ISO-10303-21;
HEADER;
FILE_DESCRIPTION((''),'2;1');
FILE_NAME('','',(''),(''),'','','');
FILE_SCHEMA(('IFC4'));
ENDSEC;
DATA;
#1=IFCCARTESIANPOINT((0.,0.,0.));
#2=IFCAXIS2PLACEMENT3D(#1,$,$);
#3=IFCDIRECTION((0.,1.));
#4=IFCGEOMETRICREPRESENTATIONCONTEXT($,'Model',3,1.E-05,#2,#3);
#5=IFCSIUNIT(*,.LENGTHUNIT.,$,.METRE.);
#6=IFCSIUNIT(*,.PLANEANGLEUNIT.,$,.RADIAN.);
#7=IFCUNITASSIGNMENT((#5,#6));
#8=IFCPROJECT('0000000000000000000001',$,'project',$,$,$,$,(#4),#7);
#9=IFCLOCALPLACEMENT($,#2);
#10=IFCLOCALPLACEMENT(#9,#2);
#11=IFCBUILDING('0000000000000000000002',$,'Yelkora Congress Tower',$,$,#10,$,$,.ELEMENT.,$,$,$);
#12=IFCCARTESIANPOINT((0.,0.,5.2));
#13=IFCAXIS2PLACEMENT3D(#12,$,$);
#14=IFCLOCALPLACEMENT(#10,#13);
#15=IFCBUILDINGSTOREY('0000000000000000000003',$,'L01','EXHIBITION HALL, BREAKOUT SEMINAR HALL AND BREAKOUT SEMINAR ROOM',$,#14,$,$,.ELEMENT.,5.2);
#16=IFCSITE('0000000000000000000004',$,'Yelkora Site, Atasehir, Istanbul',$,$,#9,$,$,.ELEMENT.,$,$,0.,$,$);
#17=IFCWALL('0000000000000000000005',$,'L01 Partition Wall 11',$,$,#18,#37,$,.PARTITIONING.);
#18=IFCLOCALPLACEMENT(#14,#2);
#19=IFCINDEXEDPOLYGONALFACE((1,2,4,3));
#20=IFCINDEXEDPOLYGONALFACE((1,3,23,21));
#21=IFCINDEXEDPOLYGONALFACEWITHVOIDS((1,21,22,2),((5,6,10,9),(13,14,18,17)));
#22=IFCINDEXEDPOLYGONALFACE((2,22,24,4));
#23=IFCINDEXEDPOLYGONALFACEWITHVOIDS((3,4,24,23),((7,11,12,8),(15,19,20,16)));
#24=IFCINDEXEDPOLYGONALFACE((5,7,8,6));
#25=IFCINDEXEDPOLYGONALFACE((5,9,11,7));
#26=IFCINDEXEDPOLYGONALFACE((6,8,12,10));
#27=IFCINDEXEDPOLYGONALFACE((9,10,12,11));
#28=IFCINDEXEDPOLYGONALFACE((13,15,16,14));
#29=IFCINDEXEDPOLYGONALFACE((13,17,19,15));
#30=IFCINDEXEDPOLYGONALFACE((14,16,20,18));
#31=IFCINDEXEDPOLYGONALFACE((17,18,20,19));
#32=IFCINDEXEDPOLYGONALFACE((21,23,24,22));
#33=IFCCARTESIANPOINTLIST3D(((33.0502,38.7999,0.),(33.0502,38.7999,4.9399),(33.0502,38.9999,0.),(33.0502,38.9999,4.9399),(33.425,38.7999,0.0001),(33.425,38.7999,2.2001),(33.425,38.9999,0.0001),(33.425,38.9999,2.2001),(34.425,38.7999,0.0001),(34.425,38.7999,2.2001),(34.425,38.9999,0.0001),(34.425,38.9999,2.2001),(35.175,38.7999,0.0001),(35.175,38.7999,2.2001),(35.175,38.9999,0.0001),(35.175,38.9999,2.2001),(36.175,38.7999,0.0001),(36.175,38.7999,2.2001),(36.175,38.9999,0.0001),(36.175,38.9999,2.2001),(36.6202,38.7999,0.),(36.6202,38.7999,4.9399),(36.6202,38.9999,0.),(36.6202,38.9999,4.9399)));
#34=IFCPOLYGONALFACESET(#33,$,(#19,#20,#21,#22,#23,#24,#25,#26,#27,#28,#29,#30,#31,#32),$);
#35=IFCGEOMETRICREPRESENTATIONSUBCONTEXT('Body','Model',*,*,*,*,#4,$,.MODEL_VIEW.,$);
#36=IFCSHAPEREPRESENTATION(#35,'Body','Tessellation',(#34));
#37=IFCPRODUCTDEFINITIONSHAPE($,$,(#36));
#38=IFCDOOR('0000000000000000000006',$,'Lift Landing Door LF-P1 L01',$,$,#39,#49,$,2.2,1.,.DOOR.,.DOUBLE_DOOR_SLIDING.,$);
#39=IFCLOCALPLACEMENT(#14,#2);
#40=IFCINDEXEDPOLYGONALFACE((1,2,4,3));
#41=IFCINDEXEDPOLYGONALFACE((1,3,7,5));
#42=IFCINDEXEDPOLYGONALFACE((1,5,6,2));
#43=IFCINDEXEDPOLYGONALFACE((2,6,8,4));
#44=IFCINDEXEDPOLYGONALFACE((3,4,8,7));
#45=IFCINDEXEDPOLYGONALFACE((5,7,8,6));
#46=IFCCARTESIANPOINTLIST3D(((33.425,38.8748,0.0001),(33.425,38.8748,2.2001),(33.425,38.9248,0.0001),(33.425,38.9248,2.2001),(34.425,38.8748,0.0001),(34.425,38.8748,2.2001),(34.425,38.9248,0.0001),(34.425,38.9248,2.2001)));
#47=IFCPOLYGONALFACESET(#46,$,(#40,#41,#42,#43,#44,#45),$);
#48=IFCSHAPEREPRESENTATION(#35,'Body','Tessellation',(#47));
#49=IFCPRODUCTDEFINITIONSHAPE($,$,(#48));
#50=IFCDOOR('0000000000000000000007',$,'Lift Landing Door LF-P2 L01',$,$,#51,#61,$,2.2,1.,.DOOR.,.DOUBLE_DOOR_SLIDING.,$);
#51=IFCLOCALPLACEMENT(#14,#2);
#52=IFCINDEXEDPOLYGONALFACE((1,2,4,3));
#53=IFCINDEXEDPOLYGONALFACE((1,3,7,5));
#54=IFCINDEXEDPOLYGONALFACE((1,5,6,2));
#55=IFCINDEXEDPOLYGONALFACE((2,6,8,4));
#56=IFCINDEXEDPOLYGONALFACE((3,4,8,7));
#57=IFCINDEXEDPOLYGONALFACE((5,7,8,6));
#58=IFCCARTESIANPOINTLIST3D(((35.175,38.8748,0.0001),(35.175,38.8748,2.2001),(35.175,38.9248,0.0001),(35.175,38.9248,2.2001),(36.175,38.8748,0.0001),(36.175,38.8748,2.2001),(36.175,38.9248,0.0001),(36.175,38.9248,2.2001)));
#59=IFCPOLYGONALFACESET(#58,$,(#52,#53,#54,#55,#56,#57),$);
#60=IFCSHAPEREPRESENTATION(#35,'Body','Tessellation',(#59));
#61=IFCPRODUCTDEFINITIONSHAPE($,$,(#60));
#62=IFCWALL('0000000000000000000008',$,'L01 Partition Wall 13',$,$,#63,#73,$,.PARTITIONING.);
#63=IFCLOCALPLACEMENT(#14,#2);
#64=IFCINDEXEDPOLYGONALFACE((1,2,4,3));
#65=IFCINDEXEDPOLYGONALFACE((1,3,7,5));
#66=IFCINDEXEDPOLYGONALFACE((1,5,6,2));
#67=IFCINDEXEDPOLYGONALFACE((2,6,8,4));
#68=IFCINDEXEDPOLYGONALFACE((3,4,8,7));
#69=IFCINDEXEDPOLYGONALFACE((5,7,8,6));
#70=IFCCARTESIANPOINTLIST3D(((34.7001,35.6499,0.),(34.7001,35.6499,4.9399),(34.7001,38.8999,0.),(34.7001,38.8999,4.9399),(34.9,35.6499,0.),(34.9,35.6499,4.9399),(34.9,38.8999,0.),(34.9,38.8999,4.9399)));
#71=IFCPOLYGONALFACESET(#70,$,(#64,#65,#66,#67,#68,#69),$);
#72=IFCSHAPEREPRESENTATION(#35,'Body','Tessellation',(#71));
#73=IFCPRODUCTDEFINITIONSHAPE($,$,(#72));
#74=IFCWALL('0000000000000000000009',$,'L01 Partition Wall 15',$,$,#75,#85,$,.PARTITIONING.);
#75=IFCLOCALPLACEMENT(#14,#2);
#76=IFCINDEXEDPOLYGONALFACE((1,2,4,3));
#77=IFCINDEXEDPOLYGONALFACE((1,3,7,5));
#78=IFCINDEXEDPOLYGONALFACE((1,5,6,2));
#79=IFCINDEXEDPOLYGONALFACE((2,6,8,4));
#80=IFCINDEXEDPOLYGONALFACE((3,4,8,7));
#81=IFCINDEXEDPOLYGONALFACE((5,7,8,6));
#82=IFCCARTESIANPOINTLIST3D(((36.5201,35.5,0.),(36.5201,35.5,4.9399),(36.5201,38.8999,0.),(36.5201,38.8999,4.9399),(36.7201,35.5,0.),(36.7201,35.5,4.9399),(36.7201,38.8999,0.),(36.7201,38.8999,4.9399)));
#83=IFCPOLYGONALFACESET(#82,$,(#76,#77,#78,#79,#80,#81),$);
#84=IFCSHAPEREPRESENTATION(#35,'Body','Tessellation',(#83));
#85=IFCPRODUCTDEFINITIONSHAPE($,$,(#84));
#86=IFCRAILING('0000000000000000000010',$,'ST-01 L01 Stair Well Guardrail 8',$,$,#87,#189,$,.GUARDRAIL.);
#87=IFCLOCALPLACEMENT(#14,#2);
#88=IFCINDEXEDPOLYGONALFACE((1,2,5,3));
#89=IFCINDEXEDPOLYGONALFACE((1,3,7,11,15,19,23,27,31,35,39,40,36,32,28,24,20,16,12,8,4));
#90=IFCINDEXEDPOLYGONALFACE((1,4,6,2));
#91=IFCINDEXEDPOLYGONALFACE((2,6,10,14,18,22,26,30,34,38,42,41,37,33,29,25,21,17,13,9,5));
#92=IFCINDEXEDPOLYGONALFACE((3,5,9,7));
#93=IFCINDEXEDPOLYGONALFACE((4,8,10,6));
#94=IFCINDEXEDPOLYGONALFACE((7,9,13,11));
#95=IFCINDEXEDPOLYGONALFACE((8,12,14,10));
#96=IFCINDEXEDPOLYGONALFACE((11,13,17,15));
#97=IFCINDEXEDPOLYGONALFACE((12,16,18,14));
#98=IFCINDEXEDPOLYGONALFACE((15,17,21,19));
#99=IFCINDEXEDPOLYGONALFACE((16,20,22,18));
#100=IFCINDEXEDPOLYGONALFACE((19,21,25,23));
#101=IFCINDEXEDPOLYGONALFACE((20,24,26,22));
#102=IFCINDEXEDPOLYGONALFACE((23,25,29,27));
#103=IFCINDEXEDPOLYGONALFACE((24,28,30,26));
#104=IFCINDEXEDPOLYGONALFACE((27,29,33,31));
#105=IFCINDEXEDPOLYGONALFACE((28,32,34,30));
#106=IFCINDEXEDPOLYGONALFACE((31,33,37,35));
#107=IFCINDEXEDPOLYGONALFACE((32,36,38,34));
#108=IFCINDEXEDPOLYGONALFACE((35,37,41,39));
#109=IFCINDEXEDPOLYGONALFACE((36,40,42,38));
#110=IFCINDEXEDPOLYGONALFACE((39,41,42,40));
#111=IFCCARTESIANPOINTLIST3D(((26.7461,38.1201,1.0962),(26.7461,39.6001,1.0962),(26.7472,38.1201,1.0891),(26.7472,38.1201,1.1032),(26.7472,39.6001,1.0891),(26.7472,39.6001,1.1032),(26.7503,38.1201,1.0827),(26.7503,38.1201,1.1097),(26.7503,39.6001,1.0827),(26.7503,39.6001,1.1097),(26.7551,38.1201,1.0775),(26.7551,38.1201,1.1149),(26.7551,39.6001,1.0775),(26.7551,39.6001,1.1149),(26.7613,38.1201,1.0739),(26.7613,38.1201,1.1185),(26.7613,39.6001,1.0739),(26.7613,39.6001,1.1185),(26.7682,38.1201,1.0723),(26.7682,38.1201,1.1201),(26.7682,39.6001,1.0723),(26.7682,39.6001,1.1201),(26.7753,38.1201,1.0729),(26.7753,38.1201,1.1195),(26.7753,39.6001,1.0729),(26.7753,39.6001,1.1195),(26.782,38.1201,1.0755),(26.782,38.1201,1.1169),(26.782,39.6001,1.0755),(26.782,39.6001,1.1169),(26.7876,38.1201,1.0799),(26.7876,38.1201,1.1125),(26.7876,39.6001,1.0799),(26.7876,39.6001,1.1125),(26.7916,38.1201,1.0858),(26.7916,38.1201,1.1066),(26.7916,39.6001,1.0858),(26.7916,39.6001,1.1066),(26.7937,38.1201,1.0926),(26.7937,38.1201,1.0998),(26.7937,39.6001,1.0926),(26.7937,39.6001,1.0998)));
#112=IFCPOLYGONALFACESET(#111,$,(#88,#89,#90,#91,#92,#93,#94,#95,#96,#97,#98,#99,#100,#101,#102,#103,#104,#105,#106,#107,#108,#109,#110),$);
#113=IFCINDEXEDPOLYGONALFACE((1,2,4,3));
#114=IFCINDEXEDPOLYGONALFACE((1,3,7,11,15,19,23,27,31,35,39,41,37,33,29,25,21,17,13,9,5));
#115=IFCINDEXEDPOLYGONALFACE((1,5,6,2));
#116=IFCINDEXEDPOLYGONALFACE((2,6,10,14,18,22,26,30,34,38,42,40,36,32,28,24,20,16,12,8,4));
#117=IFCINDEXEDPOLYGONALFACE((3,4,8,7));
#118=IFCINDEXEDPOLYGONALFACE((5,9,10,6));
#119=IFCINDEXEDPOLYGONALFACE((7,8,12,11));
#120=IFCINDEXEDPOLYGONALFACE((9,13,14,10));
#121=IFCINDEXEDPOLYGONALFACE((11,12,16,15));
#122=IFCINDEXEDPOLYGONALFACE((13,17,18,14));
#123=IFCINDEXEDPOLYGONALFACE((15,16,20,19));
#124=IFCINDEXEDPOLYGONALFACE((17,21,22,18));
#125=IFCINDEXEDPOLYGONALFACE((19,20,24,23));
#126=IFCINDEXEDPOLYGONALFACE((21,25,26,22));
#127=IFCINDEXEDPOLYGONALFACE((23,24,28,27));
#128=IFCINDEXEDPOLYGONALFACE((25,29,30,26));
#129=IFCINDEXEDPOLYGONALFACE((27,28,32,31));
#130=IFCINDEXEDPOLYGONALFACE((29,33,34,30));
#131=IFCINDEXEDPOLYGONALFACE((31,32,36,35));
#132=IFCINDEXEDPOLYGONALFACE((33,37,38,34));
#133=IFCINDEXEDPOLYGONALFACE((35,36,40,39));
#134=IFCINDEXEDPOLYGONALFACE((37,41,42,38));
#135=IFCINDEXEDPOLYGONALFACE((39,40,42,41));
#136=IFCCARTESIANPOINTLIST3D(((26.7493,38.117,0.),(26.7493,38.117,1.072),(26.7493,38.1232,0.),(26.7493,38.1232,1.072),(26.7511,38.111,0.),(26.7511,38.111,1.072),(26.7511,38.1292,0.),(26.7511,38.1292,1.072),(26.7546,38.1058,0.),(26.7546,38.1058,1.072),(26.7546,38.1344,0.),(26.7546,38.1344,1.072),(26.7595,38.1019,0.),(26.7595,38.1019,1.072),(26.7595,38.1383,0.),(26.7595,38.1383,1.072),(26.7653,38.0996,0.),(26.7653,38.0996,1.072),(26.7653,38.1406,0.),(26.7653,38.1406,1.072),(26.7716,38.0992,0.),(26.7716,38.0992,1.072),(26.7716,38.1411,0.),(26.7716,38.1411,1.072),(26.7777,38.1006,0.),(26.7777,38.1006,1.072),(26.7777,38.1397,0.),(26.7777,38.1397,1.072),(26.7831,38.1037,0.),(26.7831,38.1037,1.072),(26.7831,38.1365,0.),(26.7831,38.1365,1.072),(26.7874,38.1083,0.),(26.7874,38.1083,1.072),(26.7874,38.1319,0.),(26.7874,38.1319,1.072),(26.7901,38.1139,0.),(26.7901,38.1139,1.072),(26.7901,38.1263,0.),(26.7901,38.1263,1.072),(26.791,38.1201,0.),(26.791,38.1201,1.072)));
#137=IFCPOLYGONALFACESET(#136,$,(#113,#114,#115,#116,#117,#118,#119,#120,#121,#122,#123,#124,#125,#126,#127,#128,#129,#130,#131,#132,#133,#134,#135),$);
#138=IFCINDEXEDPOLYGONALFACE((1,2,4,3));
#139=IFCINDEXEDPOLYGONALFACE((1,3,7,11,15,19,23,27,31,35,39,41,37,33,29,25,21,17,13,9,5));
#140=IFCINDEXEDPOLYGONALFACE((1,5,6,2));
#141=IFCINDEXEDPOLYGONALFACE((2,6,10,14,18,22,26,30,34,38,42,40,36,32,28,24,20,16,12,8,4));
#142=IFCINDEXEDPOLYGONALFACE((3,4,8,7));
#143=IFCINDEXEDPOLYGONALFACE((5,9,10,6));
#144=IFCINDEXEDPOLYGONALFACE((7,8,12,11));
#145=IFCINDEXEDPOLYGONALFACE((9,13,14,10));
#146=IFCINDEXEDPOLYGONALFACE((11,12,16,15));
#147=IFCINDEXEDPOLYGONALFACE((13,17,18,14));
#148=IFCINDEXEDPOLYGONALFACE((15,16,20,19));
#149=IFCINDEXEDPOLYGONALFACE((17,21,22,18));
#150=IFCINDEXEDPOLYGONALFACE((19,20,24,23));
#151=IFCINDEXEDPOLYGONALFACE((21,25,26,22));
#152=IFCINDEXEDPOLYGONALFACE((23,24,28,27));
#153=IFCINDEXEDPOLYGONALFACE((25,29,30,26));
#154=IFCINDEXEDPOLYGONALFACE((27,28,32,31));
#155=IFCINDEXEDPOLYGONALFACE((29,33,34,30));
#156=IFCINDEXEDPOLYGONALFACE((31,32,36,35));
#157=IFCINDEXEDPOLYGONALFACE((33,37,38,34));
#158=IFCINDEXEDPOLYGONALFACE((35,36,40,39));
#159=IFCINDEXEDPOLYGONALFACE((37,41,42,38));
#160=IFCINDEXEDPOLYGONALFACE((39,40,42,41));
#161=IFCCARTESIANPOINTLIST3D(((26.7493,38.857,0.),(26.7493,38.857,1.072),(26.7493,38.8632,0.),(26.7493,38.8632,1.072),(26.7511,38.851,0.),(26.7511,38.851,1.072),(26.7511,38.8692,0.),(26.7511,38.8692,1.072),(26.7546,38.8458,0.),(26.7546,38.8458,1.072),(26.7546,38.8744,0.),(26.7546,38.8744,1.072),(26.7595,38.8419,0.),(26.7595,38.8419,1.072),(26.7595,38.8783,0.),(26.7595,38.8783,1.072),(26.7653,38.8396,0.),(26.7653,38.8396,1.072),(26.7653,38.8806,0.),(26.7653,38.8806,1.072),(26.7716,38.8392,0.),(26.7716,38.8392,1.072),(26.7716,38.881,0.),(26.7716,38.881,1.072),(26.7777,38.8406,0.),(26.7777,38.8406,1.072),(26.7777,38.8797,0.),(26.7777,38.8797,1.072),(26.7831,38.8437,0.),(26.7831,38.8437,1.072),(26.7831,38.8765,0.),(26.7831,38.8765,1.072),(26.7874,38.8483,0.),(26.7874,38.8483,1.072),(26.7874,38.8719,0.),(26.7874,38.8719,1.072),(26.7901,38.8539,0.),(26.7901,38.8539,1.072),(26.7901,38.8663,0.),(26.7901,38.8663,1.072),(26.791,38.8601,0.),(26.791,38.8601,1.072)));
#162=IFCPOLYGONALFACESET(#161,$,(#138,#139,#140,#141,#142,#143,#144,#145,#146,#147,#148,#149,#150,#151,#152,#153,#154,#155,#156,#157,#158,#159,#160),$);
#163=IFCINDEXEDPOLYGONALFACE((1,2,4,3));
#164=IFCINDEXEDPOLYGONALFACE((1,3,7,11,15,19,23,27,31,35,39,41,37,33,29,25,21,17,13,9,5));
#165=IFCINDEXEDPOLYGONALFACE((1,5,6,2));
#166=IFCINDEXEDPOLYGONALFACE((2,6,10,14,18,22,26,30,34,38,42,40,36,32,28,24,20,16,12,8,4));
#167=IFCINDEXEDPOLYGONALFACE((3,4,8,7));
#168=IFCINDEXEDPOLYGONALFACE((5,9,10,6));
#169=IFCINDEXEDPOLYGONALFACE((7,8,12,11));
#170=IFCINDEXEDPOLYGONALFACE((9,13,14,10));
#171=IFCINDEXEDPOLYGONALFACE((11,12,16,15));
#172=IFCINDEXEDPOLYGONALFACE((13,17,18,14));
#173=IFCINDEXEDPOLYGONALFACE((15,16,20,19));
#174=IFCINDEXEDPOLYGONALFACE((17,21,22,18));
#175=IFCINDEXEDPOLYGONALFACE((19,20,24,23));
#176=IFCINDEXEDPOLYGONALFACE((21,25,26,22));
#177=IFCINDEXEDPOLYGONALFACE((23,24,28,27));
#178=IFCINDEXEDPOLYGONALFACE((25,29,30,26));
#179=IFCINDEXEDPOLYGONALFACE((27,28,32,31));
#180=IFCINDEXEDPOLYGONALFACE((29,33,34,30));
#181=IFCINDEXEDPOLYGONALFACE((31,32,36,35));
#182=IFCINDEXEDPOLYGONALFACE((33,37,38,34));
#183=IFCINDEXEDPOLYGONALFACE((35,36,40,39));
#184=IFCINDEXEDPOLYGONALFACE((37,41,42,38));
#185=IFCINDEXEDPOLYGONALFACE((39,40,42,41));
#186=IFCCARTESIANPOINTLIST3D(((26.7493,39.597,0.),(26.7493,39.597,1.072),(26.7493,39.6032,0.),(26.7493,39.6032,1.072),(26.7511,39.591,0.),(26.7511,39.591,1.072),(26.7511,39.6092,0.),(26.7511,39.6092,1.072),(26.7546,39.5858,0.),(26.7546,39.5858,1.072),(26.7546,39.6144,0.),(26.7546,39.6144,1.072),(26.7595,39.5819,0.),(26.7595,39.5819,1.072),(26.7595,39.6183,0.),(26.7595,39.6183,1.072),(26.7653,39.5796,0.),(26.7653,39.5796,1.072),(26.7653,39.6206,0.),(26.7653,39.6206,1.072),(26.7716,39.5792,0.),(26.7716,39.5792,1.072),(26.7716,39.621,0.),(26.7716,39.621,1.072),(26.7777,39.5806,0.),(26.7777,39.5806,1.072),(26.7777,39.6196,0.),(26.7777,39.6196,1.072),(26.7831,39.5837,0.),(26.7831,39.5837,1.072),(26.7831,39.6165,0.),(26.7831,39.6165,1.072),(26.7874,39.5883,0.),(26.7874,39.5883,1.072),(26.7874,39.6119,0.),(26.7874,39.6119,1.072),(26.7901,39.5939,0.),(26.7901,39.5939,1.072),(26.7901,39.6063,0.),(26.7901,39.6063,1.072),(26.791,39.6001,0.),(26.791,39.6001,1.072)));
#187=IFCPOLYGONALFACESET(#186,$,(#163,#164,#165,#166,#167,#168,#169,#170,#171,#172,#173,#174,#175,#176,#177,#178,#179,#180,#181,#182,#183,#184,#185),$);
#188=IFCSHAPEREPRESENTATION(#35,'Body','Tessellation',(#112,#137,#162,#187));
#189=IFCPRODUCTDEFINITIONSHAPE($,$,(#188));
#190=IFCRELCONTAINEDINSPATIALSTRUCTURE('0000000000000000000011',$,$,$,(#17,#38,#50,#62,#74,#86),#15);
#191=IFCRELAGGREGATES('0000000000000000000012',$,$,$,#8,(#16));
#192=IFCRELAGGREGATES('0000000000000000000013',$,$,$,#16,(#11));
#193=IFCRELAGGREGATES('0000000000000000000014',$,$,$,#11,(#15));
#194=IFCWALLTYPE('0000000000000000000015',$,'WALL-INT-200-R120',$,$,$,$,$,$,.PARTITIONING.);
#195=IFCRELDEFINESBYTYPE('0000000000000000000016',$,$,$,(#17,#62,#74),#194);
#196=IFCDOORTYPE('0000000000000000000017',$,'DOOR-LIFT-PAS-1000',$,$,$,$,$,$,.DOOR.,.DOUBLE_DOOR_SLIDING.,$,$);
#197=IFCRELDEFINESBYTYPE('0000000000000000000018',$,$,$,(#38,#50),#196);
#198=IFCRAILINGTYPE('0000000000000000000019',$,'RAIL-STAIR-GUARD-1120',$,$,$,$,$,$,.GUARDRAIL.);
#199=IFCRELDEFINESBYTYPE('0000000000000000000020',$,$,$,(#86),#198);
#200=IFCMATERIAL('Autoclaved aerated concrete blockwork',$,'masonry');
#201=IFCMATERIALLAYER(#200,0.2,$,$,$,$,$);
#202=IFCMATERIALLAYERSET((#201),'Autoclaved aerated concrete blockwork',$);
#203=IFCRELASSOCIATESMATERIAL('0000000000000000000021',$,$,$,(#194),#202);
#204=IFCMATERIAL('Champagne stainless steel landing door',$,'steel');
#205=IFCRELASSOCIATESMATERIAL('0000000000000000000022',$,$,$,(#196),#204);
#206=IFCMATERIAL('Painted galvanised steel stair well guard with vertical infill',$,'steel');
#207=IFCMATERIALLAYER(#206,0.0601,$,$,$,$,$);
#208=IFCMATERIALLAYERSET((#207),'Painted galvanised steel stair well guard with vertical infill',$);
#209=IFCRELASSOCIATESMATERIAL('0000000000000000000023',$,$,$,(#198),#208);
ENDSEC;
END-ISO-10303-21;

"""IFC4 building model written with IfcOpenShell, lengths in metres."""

from ifc_helpers import new_model, si_unit, direction, frame, frame_2d, origin, origin_2d, place, context, subcontext, project, spatial, rectangle, circle, extrude, material, layer, layer_set, type_object, element, fill, save


model = new_model("IFC4")

# Units and contexts
model_context = context("Model", 3, precision=1e-05, world=origin(), true_north=direction((0.0, 1.0)))
body_context = subcontext(model_context, "Body", "Model", "MODEL_VIEW")
ifc_project = project(units=[si_unit("LENGTHUNIT", "METRE"), si_unit("PLANEANGLEUNIT", "RADIAN")], contexts=[model_context])

# Site, building, storey
site_placement = place(None, origin())
site = spatial("IfcSite", under=ifc_project, at=site_placement, Name="Yelkora Site, Atasehir, Istanbul", CompositionType="ELEMENT", RefElevation=0.0)
building_placement = place(site_placement, origin())
building = spatial("IfcBuilding", under=site, at=building_placement, Name="Yelkora Congress Tower", CompositionType="ELEMENT")
storey_placement = place(building_placement, frame((0.0, 0.0, 5.2)))
storey = spatial("IfcBuildingStorey", under=building, at=storey_placement, Name="L01", Description="EXHIBITION HALL, BREAKOUT SEMINAR HALL AND BREAKOUT SEMINAR ROOM", CompositionType="ELEMENT", Elevation=5.2)

# Shared definitions
ifc_material_1 = material(Name="Autoclaved aerated concrete blockwork", Category="masonry")
ifc_layer_1 = layer(ifc_material_1, 0.2)
ifc_layer_set_1 = layer_set([ifc_layer_1], Name="Autoclaved aerated concrete blockwork")
wall_type_1 = type_object("IfcWallType", Name="WALL-INT-200-R120", PredefinedType="PARTITIONING", material=ifc_layer_set_1)

# Wall, openings, doors
wall_1_placement = place(storey_placement, frame((33.05, 38.8999, 0.0), z_axis=(0.0, 0.0, 1.0), x_axis=(1.0, 0.0, 0.0)))
wall_1 = element("IfcWall", 1, at=wall_1_placement, inside=storey, type_object=wall_type_1, Name="L01 Partition Wall 11", PredefinedType="PARTITIONING", context=body_context, shape_type="SweptSolid", body=[
    extrude(rectangle(XDim=3.5701, YDim=0.2, at=frame_2d((1.7852, 0.0))), origin(), (0.0, 0.0, 1.0), 4.9399),
])
opening_1_placement = place(wall_1_placement, frame((0.375, 0.0, 0.0)))
opening_1 = element("IfcOpeningElement", 2, at=opening_1_placement, cuts=wall_1, PredefinedType="OPENING", context=body_context, shape_type="SweptSolid", body=[
    extrude(rectangle(XDim=1.0, YDim=2.2, at=frame_2d((0.5, 1.1001))), frame((0.0, 0.1099, 0.0), z_axis=(0.0, -1.0, 0.0), x_axis=(1.0, 0.0, 0.0)), (0.0, 0.0, 1.0), 0.22),
])
opening_2_placement = place(wall_1_placement, frame((2.125, 0.0, 0.0)))
opening_2 = element("IfcOpeningElement", 3, at=opening_2_placement, cuts=wall_1, PredefinedType="OPENING", context=body_context, shape_type="SweptSolid", body=[
    extrude(rectangle(XDim=1.0, YDim=2.2, at=frame_2d((0.5, 1.1001))), frame((0.0, 0.1099, 0.0), z_axis=(0.0, -1.0, 0.0), x_axis=(1.0, 0.0, 0.0)), (0.0, 0.0, 1.0), 0.22),
])
ifc_material_2 = material(Name="Champagne stainless steel landing door", Category="steel")
door_type_1 = type_object("IfcDoorType", Name="DOOR-LIFT-PAS-1000", OperationType="DOUBLE_DOOR_SLIDING", PredefinedType="DOOR", material=ifc_material_2)
door_1_placement = place(opening_1_placement, origin())
door_1 = element("IfcDoor", 4, at=door_1_placement, inside=storey, type_object=door_type_1, Name="Lift Landing Door LF-P1 L01", OperationType="DOUBLE_DOOR_SLIDING", OverallHeight=2.2, OverallWidth=1.0, PredefinedType="DOOR", context=body_context, shape_type="SweptSolid", body=[
    extrude(rectangle(XDim=1.0, YDim=2.2, at=frame_2d((0.5, 1.1001))), frame((0.0, 0.0249, 0.0), z_axis=(0.0, -1.0, 0.0), x_axis=(1.0, 0.0, 0.0)), (0.0, 0.0, 1.0), 0.05),
])
fill(opening_1, door_1)
door_2_placement = place(opening_2_placement, origin())
door_2 = element("IfcDoor", 5, at=door_2_placement, inside=storey, type_object=door_type_1, Name="Lift Landing Door LF-P2 L01", OperationType="DOUBLE_DOOR_SLIDING", OverallHeight=2.2, OverallWidth=1.0, PredefinedType="DOOR", context=body_context, shape_type="SweptSolid", body=[
    extrude(rectangle(XDim=1.0, YDim=2.2, at=frame_2d((0.5, 1.1001))), frame((0.0, 0.0249, 0.0), z_axis=(0.0, -1.0, 0.0), x_axis=(1.0, 0.0, 0.0)), (0.0, 0.0, 1.0), 0.05),
])
fill(opening_2, door_2)

# Walls
wall_2_placement = place(storey_placement, frame((34.8, 35.6499, 0.0), z_axis=(0.0, 0.0, 1.0), x_axis=(0.0, 1.0, 0.0)))
element("IfcWall", 6, at=wall_2_placement, inside=storey, type_object=wall_type_1, Name="L01 Partition Wall 13", PredefinedType="PARTITIONING", context=body_context, shape_type="SweptSolid", body=[
    extrude(rectangle(XDim=3.25, YDim=0.2, at=frame_2d((1.625, 0.0))), origin(), (0.0, 0.0, 1.0), 4.9399),
])
wall_3_placement = place(storey_placement, frame((36.6201, 35.5, 0.0), z_axis=(0.0, 0.0, 1.0), x_axis=(0.0, 1.0, 0.0)))
element("IfcWall", 7, at=wall_3_placement, inside=storey, type_object=wall_type_1, Name="L01 Partition Wall 15", PredefinedType="PARTITIONING", context=body_context, shape_type="SweptSolid", body=[
    extrude(rectangle(XDim=3.3999, YDim=0.2, at=frame_2d((1.7, 0.0))), origin(), (0.0, 0.0, 1.0), 4.9399),
])

# Railing
ifc_material_3 = material(Name="Painted galvanised steel stair well guard with vertical infill", Category="steel")
ifc_layer_2 = layer(ifc_material_3, 0.0601)
ifc_layer_set_2 = layer_set([ifc_layer_2], Name="Painted galvanised steel stair well guard with vertical infill")
railing_type = type_object("IfcRailingType", Name="RAIL-STAIR-GUARD-1120", PredefinedType="GUARDRAIL", material=ifc_layer_set_2)
for number, where, name in (
    (8, (26.77, 38.1201, 0.0), "ST-01 L01 Stair Well Guardrail 8"),
):
    element("IfcRailing", number, at=place(storey_placement, frame(where)), inside=storey, type_object=railing_type, Name=name, PredefinedType="GUARDRAIL", context=body_context, shape_type="SweptSolid", body=[
        extrude(circle(Radius=0.0239, at=origin_2d()), frame((0.0, 0.0, 1.0962), z_axis=(0.0, 1.0, 0.0), x_axis=(-1.0, 0.0, 0.0)), (0.0, 0.0, 1.0), 1.48),
        extrude(circle(Radius=0.021, at=origin_2d()), origin(), (0.0, 0.0, 1.0), 1.072),
        extrude(circle(Radius=0.021, at=origin_2d()), frame((0.0, 0.74, 0.0)), (0.0, 0.0, 1.0), 1.072),
        extrude(circle(Radius=0.021, at=origin_2d()), frame((0.0, 1.48, 0.0)), (0.0, 0.0, 1.0), 1.072),
    ])

save(model, "model.ifc")
